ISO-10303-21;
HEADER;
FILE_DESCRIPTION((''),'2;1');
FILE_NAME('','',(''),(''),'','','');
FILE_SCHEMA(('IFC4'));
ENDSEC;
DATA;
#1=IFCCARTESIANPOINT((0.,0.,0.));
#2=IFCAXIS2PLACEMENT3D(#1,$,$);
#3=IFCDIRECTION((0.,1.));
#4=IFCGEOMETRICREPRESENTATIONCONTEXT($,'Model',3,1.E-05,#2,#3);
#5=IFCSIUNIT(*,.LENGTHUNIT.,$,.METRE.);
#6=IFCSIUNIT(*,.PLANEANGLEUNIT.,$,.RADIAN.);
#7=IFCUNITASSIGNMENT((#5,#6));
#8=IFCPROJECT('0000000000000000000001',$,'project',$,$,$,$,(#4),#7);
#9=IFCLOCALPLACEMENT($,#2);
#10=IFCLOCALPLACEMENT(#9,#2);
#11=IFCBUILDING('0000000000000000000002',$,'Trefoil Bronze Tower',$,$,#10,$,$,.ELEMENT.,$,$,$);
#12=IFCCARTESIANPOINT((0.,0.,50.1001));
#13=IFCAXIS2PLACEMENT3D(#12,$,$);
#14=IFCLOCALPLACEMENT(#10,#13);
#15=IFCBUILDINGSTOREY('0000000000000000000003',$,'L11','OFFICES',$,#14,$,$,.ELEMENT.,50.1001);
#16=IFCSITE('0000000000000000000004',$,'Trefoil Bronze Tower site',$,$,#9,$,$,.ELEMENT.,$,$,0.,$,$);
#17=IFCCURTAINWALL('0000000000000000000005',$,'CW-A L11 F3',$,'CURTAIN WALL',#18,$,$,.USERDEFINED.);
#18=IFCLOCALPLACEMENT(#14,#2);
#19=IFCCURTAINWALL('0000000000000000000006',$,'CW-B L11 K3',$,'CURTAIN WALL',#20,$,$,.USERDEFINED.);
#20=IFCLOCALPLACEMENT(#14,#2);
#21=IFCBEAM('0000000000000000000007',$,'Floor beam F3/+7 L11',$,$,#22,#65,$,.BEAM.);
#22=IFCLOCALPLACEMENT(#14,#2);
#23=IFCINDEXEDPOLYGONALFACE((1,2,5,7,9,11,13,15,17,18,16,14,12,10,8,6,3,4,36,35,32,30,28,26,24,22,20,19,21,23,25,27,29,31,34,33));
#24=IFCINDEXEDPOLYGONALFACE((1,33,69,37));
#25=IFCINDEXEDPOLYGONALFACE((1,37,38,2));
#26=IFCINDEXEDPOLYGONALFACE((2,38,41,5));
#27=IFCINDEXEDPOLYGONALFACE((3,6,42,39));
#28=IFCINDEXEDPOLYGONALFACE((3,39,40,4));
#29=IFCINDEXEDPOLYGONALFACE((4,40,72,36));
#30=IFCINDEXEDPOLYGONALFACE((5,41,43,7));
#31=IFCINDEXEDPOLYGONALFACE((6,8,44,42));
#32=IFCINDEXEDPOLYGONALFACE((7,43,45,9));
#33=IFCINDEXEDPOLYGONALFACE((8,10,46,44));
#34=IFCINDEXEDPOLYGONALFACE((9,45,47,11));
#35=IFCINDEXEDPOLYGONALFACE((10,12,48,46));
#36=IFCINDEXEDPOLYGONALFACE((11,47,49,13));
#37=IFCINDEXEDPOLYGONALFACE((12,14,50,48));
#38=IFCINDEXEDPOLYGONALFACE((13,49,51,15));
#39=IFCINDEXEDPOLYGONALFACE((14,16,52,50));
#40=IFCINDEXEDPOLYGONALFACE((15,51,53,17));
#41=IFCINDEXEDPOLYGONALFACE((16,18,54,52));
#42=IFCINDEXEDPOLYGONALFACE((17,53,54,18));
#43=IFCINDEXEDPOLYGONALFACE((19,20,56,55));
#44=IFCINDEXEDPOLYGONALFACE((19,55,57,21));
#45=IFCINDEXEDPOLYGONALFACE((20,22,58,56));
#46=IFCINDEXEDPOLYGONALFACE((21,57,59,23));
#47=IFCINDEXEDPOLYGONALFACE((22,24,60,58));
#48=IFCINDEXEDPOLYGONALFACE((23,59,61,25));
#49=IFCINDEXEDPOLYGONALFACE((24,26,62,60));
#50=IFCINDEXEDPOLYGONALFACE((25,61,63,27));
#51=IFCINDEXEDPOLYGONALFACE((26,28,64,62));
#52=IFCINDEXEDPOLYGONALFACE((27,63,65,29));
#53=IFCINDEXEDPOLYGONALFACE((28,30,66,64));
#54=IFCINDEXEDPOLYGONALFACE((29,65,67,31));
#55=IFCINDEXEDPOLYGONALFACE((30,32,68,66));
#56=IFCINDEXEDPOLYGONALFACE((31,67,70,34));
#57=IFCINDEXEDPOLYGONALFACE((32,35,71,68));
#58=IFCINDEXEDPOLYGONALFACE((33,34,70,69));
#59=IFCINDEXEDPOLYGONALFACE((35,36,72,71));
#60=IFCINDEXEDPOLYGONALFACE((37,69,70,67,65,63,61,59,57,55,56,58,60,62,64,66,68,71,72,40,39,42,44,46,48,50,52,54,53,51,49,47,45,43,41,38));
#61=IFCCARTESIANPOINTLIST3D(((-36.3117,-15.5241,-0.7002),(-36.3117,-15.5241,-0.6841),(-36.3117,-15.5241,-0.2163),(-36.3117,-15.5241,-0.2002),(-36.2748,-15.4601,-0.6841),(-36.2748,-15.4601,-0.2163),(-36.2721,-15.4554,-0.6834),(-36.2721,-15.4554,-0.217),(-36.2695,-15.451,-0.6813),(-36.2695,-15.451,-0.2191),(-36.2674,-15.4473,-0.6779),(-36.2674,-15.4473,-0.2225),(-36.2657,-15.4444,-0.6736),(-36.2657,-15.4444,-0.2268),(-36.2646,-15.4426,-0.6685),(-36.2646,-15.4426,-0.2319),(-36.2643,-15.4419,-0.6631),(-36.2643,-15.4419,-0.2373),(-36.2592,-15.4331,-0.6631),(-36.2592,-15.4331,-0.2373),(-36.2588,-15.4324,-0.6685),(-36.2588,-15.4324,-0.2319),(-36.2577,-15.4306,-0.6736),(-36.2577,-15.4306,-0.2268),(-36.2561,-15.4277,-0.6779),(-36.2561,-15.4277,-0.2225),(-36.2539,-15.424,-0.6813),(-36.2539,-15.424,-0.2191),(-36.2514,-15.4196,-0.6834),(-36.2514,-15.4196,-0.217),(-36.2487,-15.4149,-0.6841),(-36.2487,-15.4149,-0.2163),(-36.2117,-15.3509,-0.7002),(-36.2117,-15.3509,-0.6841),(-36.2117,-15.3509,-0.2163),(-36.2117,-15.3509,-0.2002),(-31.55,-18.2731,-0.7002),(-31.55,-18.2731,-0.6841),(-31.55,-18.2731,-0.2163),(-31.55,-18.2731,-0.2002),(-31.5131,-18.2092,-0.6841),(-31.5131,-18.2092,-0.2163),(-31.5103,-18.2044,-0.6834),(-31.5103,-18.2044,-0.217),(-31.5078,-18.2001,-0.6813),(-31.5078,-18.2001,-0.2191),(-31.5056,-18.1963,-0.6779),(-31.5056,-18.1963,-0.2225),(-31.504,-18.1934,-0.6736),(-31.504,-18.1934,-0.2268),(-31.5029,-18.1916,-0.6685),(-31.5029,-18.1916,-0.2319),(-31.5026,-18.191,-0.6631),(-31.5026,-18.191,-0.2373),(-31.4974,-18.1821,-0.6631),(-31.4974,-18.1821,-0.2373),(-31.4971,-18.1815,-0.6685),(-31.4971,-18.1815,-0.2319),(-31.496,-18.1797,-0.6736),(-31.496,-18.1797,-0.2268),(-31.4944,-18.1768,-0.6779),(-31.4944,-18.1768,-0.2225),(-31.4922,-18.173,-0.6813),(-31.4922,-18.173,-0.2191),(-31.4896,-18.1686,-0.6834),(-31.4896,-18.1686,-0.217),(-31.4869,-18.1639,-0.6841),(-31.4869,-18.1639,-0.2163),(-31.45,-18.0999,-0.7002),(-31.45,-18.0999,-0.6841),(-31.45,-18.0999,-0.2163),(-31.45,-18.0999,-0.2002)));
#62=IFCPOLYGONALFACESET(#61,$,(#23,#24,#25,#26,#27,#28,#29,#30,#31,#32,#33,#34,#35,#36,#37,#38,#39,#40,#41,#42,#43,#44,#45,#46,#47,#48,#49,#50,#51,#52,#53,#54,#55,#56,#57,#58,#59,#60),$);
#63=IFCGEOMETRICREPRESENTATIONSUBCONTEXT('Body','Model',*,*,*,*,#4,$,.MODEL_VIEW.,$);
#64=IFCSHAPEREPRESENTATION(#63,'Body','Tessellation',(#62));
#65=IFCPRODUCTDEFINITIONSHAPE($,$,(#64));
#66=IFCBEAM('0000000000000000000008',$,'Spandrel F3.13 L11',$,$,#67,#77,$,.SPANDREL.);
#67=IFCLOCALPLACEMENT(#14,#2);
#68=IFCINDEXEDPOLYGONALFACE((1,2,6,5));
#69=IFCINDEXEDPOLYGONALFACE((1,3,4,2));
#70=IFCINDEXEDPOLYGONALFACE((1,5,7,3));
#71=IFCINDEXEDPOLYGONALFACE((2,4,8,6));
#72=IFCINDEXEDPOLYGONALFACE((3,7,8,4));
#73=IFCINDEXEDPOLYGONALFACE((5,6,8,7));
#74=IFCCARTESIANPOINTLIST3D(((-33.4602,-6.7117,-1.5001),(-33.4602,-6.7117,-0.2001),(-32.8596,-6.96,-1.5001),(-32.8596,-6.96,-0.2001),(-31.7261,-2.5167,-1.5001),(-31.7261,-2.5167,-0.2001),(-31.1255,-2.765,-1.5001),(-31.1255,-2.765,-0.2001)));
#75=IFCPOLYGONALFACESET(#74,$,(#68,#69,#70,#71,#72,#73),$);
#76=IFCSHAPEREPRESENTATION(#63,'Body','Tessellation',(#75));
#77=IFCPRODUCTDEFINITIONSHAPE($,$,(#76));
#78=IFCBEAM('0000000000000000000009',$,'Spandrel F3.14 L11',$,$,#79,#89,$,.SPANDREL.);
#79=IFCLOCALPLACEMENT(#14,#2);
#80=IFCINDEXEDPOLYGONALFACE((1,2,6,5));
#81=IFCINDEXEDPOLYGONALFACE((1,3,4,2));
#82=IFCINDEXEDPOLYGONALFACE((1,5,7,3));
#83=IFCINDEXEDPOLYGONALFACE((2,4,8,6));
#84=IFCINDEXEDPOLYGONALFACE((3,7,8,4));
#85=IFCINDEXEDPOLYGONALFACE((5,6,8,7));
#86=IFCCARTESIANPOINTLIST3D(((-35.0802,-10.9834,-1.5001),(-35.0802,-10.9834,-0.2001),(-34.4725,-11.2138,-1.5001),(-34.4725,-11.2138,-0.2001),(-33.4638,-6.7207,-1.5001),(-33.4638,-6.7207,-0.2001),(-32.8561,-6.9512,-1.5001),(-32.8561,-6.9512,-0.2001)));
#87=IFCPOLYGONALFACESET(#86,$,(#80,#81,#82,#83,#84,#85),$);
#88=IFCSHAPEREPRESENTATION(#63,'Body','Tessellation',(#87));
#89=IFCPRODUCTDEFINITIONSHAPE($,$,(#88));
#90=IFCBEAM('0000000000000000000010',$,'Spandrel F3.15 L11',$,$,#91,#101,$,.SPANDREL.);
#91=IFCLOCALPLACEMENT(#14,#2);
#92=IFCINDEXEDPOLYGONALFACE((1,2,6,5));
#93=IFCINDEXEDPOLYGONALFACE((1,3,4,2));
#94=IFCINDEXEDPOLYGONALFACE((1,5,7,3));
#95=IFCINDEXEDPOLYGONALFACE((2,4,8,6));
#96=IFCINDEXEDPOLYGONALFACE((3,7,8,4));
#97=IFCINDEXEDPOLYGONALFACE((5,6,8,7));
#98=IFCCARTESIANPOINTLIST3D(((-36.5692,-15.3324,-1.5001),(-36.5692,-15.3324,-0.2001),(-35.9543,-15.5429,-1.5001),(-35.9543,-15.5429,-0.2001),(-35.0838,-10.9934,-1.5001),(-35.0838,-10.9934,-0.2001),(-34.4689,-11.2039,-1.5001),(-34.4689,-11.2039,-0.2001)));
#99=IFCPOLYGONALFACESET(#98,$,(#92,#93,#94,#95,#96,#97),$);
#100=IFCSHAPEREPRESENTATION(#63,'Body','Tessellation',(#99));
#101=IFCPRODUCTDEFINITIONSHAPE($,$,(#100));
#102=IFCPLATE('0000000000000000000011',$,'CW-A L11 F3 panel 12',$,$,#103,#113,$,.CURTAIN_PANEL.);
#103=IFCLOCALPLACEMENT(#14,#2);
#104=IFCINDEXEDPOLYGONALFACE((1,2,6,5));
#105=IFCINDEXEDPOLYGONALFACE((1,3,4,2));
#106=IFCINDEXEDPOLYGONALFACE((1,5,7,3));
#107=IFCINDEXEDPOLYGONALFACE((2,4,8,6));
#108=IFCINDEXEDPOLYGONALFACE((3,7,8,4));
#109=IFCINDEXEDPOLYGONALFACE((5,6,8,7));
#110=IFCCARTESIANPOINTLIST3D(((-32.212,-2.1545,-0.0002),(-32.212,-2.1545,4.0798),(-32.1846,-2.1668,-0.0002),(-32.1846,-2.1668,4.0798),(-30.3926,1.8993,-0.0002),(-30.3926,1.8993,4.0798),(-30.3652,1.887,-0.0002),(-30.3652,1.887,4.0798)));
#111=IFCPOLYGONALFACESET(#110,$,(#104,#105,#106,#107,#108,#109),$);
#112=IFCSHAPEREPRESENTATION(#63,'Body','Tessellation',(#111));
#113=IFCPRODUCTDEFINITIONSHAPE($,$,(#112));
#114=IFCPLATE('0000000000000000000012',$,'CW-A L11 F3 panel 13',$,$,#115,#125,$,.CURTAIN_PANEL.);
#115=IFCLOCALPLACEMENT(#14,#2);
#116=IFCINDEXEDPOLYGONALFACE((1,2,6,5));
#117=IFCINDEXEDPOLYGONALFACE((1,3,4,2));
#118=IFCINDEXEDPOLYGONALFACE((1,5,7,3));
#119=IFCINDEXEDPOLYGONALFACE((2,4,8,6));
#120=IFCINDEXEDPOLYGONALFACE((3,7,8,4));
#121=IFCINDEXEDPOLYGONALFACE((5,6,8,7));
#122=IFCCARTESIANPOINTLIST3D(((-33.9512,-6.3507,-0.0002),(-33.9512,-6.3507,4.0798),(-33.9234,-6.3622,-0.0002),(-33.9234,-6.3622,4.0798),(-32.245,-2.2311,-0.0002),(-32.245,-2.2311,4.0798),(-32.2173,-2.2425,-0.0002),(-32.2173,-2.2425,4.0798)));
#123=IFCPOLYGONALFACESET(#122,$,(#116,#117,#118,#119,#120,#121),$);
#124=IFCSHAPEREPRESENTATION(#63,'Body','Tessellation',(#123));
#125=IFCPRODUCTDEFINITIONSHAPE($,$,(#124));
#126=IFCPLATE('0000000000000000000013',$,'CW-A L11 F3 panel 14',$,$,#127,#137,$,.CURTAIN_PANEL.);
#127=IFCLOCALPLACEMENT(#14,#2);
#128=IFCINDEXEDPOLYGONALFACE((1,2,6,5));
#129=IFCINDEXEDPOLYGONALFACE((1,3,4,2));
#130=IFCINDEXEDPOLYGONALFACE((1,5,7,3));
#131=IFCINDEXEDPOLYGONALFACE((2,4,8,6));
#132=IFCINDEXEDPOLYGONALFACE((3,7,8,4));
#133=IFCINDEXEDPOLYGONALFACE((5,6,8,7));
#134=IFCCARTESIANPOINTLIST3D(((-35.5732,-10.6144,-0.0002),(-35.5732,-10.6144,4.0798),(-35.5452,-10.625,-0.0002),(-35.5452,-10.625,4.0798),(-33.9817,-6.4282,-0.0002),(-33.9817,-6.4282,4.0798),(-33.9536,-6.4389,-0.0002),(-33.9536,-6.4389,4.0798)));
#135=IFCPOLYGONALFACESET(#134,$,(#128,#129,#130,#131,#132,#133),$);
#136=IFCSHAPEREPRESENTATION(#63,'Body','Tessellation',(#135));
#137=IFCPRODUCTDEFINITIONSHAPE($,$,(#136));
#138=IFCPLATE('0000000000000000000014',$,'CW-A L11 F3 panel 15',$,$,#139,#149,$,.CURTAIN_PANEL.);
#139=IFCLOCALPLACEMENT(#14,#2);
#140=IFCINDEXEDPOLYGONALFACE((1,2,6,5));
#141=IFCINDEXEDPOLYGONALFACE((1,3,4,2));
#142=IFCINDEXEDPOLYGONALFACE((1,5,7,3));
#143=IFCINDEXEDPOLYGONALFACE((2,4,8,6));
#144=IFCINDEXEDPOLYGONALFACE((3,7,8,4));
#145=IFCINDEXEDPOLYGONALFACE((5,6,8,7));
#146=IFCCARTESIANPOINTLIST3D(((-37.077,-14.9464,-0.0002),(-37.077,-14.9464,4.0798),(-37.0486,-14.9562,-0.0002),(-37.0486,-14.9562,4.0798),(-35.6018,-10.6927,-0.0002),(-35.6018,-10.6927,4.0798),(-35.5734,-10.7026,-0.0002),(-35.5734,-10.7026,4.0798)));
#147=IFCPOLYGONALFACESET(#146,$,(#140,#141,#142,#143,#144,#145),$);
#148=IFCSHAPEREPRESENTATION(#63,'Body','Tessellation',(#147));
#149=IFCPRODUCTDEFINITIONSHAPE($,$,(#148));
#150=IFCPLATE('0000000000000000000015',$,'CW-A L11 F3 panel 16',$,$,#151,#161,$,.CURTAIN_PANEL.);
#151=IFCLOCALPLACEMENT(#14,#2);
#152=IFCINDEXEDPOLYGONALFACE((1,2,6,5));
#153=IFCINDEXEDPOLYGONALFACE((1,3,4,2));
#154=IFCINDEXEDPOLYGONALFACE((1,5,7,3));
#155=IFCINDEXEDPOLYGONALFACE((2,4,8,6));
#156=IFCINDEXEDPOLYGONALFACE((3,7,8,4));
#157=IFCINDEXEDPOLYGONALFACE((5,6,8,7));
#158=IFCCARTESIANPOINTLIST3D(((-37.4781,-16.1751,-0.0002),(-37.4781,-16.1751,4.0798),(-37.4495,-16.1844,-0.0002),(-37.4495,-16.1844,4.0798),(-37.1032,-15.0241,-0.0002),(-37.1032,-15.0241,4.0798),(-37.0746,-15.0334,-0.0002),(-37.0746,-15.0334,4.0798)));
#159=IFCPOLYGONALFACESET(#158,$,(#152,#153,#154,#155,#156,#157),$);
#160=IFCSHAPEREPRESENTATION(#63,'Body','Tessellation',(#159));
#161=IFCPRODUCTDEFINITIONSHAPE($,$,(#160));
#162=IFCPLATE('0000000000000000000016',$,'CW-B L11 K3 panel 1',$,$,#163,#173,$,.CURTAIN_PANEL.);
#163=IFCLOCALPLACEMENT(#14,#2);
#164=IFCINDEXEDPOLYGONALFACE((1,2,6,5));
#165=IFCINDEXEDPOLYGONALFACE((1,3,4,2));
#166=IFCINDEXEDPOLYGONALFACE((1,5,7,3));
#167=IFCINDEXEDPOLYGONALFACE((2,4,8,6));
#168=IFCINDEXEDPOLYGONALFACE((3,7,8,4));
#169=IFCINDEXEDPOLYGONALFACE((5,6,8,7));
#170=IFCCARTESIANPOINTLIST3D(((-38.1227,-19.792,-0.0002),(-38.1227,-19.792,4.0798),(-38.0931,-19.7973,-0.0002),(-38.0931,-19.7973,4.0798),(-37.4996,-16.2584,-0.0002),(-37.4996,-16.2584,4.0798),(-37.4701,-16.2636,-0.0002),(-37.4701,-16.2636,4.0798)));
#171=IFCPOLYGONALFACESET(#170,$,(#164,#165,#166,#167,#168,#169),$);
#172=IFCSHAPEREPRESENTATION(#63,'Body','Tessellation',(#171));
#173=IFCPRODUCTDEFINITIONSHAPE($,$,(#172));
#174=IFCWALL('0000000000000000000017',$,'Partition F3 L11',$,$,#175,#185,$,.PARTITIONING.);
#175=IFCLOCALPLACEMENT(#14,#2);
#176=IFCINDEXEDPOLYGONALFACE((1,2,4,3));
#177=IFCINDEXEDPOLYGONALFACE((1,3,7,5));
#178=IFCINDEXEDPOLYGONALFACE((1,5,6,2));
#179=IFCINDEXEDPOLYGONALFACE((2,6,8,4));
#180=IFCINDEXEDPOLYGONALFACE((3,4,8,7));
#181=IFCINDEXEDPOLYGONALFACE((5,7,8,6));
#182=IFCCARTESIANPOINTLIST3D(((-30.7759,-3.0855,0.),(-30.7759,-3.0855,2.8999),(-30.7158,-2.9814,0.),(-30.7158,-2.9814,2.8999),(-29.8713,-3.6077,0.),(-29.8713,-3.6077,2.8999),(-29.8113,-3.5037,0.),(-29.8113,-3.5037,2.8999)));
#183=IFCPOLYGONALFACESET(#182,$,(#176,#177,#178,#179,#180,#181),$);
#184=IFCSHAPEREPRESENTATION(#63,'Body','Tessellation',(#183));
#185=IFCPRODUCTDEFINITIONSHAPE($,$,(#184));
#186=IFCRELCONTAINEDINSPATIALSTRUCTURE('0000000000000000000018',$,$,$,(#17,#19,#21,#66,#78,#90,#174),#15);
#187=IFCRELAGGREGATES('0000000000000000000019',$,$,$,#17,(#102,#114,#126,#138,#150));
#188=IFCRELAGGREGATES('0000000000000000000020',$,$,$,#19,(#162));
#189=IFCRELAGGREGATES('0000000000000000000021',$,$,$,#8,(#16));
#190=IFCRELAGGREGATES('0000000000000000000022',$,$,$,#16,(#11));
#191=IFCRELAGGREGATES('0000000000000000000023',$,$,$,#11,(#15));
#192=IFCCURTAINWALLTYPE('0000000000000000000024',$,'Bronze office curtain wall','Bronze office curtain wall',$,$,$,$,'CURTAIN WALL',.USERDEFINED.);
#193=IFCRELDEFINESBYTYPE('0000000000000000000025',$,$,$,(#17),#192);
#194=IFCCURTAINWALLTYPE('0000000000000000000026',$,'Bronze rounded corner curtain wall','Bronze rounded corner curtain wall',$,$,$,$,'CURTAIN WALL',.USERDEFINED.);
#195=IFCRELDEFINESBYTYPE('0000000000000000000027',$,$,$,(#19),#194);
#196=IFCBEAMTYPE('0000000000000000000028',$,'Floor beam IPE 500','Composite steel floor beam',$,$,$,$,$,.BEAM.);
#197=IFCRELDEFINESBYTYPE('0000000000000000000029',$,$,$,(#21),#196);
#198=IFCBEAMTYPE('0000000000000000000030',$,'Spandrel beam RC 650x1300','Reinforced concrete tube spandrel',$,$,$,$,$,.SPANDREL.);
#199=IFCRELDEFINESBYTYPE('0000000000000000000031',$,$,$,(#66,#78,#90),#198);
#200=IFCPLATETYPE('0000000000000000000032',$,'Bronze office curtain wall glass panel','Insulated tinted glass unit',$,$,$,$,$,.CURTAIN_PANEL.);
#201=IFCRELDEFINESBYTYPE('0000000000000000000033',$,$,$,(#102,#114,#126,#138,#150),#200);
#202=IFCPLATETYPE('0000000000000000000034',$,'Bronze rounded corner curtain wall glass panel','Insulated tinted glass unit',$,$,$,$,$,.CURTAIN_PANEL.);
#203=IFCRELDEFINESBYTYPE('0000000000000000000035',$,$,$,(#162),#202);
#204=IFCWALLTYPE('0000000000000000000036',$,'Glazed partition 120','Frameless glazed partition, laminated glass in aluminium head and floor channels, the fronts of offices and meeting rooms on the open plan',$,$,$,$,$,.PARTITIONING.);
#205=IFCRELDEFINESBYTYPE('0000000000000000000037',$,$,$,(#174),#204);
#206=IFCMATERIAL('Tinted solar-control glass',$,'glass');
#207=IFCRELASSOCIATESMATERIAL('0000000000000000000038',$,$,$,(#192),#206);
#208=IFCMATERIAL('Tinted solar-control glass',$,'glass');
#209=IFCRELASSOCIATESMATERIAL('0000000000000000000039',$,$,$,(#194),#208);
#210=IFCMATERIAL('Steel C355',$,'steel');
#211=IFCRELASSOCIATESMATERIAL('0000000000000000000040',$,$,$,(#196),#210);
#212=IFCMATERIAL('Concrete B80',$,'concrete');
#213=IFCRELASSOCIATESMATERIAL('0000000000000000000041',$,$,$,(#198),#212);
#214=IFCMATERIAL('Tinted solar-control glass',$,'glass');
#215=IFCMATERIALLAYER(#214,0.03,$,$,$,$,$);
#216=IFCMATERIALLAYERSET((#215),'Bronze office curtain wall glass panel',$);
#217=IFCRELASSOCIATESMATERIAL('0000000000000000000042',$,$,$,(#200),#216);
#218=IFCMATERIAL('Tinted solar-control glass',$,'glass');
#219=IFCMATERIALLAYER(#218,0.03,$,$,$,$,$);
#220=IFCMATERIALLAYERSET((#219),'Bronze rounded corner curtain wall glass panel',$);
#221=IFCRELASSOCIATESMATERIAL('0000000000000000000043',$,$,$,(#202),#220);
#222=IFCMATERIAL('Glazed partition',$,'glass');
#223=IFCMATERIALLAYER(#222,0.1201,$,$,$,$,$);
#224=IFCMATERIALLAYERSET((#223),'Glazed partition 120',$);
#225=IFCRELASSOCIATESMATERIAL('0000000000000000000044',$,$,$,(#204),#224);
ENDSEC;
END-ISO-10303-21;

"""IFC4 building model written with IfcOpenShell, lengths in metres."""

from ifc_helpers import new_model, si_unit, direction, frame, frame_2d, origin, origin_2d, place, context, subcontext, project, spatial, rectangle, i_section, extrude, material, layer, layer_set, material_profile, profile_set, type_object, element, aggregate, save


model = new_model("IFC4")

# Units and contexts
model_context = context("Model", 3, precision=1e-05, world=origin(), true_north=direction((0.0, 1.0)))
body_context = subcontext(model_context, "Body", "Model", "MODEL_VIEW")
ifc_project = project(units=[si_unit("LENGTHUNIT", "METRE"), si_unit("PLANEANGLEUNIT", "RADIAN")], contexts=[model_context])

# Site, building, storey
site_placement = place(None, origin())
site = spatial("IfcSite", under=ifc_project, at=site_placement, Name="Trefoil Bronze Tower site", CompositionType="ELEMENT", RefElevation=0.0)
building_placement = place(site_placement, origin())
building = spatial("IfcBuilding", under=site, at=building_placement, Name="Trefoil Bronze Tower", CompositionType="ELEMENT")
storey_placement = place(building_placement, frame((0.0, 0.0, 50.1001)))
storey = spatial("IfcBuildingStorey", under=building, at=storey_placement, Name="L11", Description="OFFICES", CompositionType="ELEMENT", Elevation=50.1001)

# Curtain walls
ifc_material_1 = material(Name="Tinted solar-control glass", Category="glass")
curtain_wall_type_1 = type_object("IfcCurtainWallType", Name="Bronze office curtain wall", Description="Bronze office curtain wall", ElementType="CURTAIN WALL", PredefinedType="USERDEFINED", material=ifc_material_1)
curtain_wall_1_placement = place(storey_placement, origin())
curtain_wall_1 = element("IfcCurtainWall", 1, at=curtain_wall_1_placement, inside=storey, type_object=curtain_wall_type_1, Name="CW-A L11 F3", ObjectType="CURTAIN WALL", PredefinedType="USERDEFINED")
ifc_material_2 = material(Name="Tinted solar-control glass", Category="glass")
curtain_wall_type_2 = type_object("IfcCurtainWallType", Name="Bronze rounded corner curtain wall", Description="Bronze rounded corner curtain wall", ElementType="CURTAIN WALL", PredefinedType="USERDEFINED", material=ifc_material_2)
curtain_wall_2_placement = place(storey_placement, origin())
curtain_wall_2 = element("IfcCurtainWall", 2, at=curtain_wall_2_placement, inside=storey, type_object=curtain_wall_type_2, Name="CW-B L11 K3", ObjectType="CURTAIN WALL", PredefinedType="USERDEFINED")

# Beams
ifc_material_3 = material(Name="Steel C355", Category="steel")
ifc_material_profile_1 = material_profile(ifc_material_3, i_section(OverallWidth=0.2, OverallDepth=0.5, WebThickness=0.0103, FlangeThickness=0.0161, FilletRadius=0.021, at=origin_2d()), Name="IPE 500")
ifc_profile_set_1 = profile_set([ifc_material_profile_1], Name="Steel C355")
beam_type_1 = type_object("IfcBeamType", Name="Floor beam IPE 500", Description="Composite steel floor beam", PredefinedType="BEAM", material=ifc_profile_set_1)
beam_1_placement = place(storey_placement, frame((-36.2617, -15.4375, -0.4502), z_axis=(0.866038, -0.499979, 0.0), x_axis=(0.499979, 0.866038, 0.0)))
element("IfcBeam", 3, at=beam_1_placement, inside=storey, type_object=beam_type_1, Name="Floor beam F3/+7 L11", PredefinedType="BEAM", context=body_context, shape_type="SweptSolid", body=[
    extrude(i_section(OverallWidth=0.2, OverallDepth=0.5, WebThickness=0.0103, FlangeThickness=0.0161, FilletRadius=0.021, at=origin_2d()), origin(), (0.0, 0.0, 1.0), 5.4983),
])
ifc_material_4 = material(Name="Concrete B80", Category="concrete")
ifc_material_profile_2 = material_profile(ifc_material_4, rectangle(XDim=0.6499, YDim=1.3, at=origin_2d()), Name="RC 650x1300")
ifc_profile_set_2 = profile_set([ifc_material_profile_2], Name="Concrete B80")
beam_type_2 = type_object("IfcBeamType", Name="Spandrel beam RC 650x1300", Description="Reinforced concrete tube spandrel", PredefinedType="SPANDREL", material=ifc_profile_set_2)
beam_2_placement = place(storey_placement, frame((-31.4258, -2.6409, -0.8501), z_axis=(-0.382021, -0.924154, 0.0), x_axis=(0.924154, -0.382021, 0.0)))
element("IfcBeam", 4, at=beam_2_placement, inside=storey, type_object=beam_type_2, Name="Spandrel F3.13 L11", PredefinedType="SPANDREL", context=body_context, shape_type="SweptSolid", body=[
    extrude(rectangle(XDim=0.6499, YDim=1.3, at=origin_2d()), origin(), (0.0, 0.0, 1.0), 4.5393),
])
beam_3_placement = place(storey_placement, frame((-33.1599, -6.8359, -0.8501), z_axis=(-0.354572, -0.935029, 0.0), x_axis=(0.935029, -0.354572, 0.0)))
element("IfcBeam", 5, at=beam_3_placement, inside=storey, type_object=beam_type_2, Name="Spandrel F3.14 L11", PredefinedType="SPANDREL", context=body_context, shape_type="SweptSolid", body=[
    extrude(rectangle(XDim=0.6499, YDim=1.3, at=origin_2d()), origin(), (0.0, 0.0, 1.0), 4.5588),
])
beam_4_placement = place(storey_placement, frame((-34.7764, -11.0986, -0.8501), z_axis=(-0.323883, -0.946097, 0.0), x_axis=(0.946097, -0.323883, 0.0)))
element("IfcBeam", 6, at=beam_4_placement, inside=storey, type_object=beam_type_2, Name="Spandrel F3.15 L11", PredefinedType="SPANDREL", context=body_context, shape_type="SweptSolid", body=[
    extrude(rectangle(XDim=0.6499, YDim=1.3, at=origin_2d()), origin(), (0.0, 0.0, 1.0), 4.5862),
])

# Plates
ifc_material_5 = material(Name="Tinted solar-control glass", Category="glass")
ifc_layer_1 = layer(ifc_material_5, 0.03)
ifc_layer_set_1 = layer_set([ifc_layer_1], Name="Bronze office curtain wall glass panel")
plate_type_1 = type_object("IfcPlateType", Name="Bronze office curtain wall glass panel", Description="Insulated tinted glass unit", PredefinedType="CURTAIN_PANEL", material=ifc_layer_set_1)
plate_1_placement = place(storey_placement, frame((-31.2886, -0.1338, -0.0002), z_axis=(0.0, 0.0, 1.0), x_axis=(-0.409456, -0.91233, 0.0)))
plate_1 = element("IfcPlate", 7, at=plate_1_placement, type_object=plate_type_1, Name="CW-A L11 F3 panel 12", PredefinedType="CURTAIN_PANEL", context=body_context, shape_type="SweptSolid", body=[
    extrude(rectangle(XDim=4.4434, YDim=0.03, at=origin_2d()), origin(), (0.0, 0.0, 1.0), 4.0801),
])
plate_2_placement = place(storey_placement, frame((-33.0842, -4.2966, -0.0002), z_axis=(0.0, 0.0, 1.0), x_axis=(-0.38263, -0.923902, 0.0)))
plate_2 = element("IfcPlate", 8, at=plate_2_placement, type_object=plate_type_1, Name="CW-A L11 F3 panel 13", PredefinedType="CURTAIN_PANEL", context=body_context, shape_type="SweptSolid", body=[
    extrude(rectangle(XDim=4.459, YDim=0.03, at=origin_2d()), origin(), (0.0, 0.0, 1.0), 4.0801),
])
plate_3_placement = place(storey_placement, frame((-34.7634, -8.5266, -0.0002), z_axis=(0.0, 0.0, 1.0), x_axis=(-0.355371, -0.934725, 0.0)))
plate_3 = element("IfcPlate", 9, at=plate_3_placement, type_object=plate_type_1, Name="CW-A L11 F3 panel 14", PredefinedType="CURTAIN_PANEL", context=body_context, shape_type="SweptSolid", body=[
    extrude(rectangle(XDim=4.4785, YDim=0.03, at=origin_2d()), origin(), (0.0, 0.0, 1.0), 4.0801),
])
plate_4_placement = place(storey_placement, frame((-36.3252, -12.8245, -0.0002), z_axis=(0.0, 0.0, 1.0), x_axis=(-0.327674, -0.944791, 0.0)))
plate_4 = element("IfcPlate", 10, at=plate_4_placement, type_object=plate_type_1, Name="CW-A L11 F3 panel 15", PredefinedType="CURTAIN_PANEL", context=body_context, shape_type="SweptSolid", body=[
    extrude(rectangle(XDim=4.5022, YDim=0.03, at=origin_2d()), origin(), (0.0, 0.0, 1.0), 4.0801),
])
plate_5_placement = place(storey_placement, frame((-37.2764, -15.6042, -0.0002), z_axis=(0.0, 0.0, 1.0), x_axis=(-0.309728, -0.950825, 0.0)))
plate_5 = element("IfcPlate", 11, at=plate_5_placement, type_object=plate_type_1, Name="CW-A L11 F3 panel 16", PredefinedType="CURTAIN_PANEL", context=body_context, shape_type="SweptSolid", body=[
    extrude(rectangle(XDim=1.2104, YDim=0.03, at=origin_2d()), origin(), (0.0, 0.0, 1.0), 4.0801),
])
aggregate(curtain_wall_1, [plate_1, plate_2, plate_3, plate_4, plate_5])
ifc_material_6 = material(Name="Tinted solar-control glass", Category="glass")
ifc_layer_2 = layer(ifc_material_6, 0.03)
ifc_layer_set_2 = layer_set([ifc_layer_2], Name="Bronze rounded corner curtain wall glass panel")
plate_type_2 = type_object("IfcPlateType", Name="Bronze rounded corner curtain wall glass panel", Description="Insulated tinted glass unit", PredefinedType="CURTAIN_PANEL", material=ifc_layer_set_2)
plate_6_placement = place(storey_placement, frame((-37.7964, -18.0278, -0.0002), z_axis=(0.0, 0.0, 1.0), x_axis=(-0.173648, -0.984808, 0.0)))
plate_6 = element("IfcPlate", 12, at=plate_6_placement, type_object=plate_type_2, Name="CW-B L11 K3 panel 1", PredefinedType="CURTAIN_PANEL", context=body_context, shape_type="SweptSolid", body=[
    extrude(rectangle(XDim=3.5881, YDim=0.03, at=origin_2d()), origin(), (0.0, 0.0, 1.0), 4.0801),
])
aggregate(curtain_wall_2, [plate_6])

# Wall
ifc_material_7 = material(Name="Glazed partition", Category="glass")
ifc_layer_3 = layer(ifc_material_7, 0.1201)
ifc_layer_set_3 = layer_set([ifc_layer_3], Name="Glazed partition 120")
wall_type = type_object("IfcWallType", Name="Glazed partition 120", Description="Frameless glazed partition, laminated glass in aluminium head and floor channels, the fronts of offices and meeting rooms on the open plan", PredefinedType="PARTITIONING", material=ifc_layer_set_3)
wall_placement = place(storey_placement, frame((-29.8413, -3.5557, 0.0), z_axis=(0.0, 0.0, 1.0), x_axis=(-0.866034, 0.499985, 0.0)))
element("IfcWall", 13, at=wall_placement, inside=storey, type_object=wall_type, Name="Partition F3 L11", PredefinedType="PARTITIONING", context=body_context, shape_type="SweptSolid", body=[
    extrude(rectangle(XDim=1.0444, YDim=0.1201, at=frame_2d((0.5222, 0.0))), origin(), (0.0, 0.0, 1.0), 2.8999),
])

save(model, "model.ifc")
